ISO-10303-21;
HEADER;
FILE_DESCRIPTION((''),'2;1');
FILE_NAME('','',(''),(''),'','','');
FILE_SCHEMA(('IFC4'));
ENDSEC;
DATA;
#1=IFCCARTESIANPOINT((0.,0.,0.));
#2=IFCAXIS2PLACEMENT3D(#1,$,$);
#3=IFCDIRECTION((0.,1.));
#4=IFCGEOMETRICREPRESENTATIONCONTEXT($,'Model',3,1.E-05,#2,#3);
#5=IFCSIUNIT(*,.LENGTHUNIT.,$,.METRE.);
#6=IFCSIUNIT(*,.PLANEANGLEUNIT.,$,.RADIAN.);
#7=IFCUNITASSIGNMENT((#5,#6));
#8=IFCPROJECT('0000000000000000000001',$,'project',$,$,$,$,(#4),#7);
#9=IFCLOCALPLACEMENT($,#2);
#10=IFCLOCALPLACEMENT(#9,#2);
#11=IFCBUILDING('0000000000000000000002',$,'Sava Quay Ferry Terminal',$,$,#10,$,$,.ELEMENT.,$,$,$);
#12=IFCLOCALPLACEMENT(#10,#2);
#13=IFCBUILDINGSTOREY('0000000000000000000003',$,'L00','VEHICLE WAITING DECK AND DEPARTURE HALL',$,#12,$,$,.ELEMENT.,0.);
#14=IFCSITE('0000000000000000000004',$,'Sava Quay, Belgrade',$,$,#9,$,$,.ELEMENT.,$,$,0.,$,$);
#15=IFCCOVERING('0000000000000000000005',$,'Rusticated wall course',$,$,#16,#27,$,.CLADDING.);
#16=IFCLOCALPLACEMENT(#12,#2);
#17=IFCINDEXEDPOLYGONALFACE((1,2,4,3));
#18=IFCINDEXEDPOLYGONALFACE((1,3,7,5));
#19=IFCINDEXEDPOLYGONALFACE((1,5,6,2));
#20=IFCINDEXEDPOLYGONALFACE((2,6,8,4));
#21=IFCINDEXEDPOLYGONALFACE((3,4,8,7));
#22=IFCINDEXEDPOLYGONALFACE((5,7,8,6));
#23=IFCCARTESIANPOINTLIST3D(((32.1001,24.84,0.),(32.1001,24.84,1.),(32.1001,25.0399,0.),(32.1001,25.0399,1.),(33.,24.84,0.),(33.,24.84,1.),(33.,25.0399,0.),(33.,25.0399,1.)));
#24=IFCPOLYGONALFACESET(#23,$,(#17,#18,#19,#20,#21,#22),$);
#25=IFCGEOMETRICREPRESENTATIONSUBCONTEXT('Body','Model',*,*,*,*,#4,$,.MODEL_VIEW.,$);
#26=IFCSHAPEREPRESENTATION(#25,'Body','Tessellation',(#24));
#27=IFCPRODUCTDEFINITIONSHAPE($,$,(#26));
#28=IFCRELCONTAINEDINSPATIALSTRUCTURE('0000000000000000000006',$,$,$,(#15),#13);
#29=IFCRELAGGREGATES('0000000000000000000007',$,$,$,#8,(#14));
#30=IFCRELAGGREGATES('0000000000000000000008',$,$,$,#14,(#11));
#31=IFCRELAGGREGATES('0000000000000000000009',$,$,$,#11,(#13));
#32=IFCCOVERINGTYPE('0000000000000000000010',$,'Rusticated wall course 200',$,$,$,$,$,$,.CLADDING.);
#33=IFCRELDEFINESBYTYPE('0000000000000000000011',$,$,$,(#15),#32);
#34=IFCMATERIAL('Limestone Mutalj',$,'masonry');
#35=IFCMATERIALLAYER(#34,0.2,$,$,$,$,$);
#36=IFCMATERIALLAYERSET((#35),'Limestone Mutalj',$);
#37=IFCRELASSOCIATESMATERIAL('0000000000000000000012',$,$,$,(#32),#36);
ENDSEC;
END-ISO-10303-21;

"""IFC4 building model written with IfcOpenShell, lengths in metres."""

from ifc_helpers import new_model, si_unit, direction, frame, origin, origin_2d, place, context, subcontext, project, spatial, rectangle, extrude, material, layer, layer_set, type_object, element, save


model = new_model("IFC4")

# Units and contexts
model_context = context("Model", 3, precision=1e-05, world=origin(), true_north=direction((0.0, 1.0)))
body_context = subcontext(model_context, "Body", "Model", "MODEL_VIEW")
ifc_project = project(units=[si_unit("LENGTHUNIT", "METRE"), si_unit("PLANEANGLEUNIT", "RADIAN")], contexts=[model_context])

# Site, building, storey
site_placement = place(None, origin())
site = spatial("IfcSite", under=ifc_project, at=site_placement, Name="Sava Quay, Belgrade", CompositionType="ELEMENT", RefElevation=0.0)
building_placement = place(site_placement, origin())
building = spatial("IfcBuilding", under=site, at=building_placement, Name="Sava Quay Ferry Terminal", CompositionType="ELEMENT")
storey_placement = place(building_placement, origin())
storey = spatial("IfcBuildingStorey", under=building, at=storey_placement, Name="L00", Description="VEHICLE WAITING DECK AND DEPARTURE HALL", CompositionType="ELEMENT", Elevation=0.0)

# Covering
ifc_material_1 = material(Name="Limestone Mutalj", Category="masonry")
ifc_layer_1 = layer(ifc_material_1, 0.2)
ifc_layer_set_1 = layer_set([ifc_layer_1], Name="Limestone Mutalj")
covering_type = type_object("IfcCoveringType", Name="Rusticated wall course 200", PredefinedType="CLADDING", material=ifc_layer_set_1)
covering_placement = place(storey_placement, frame((32.55, 24.9399, 0.0), z_axis=(0.0, 0.0, 1.0), x_axis=(1.0, 0.0, 0.0)))
element("IfcCovering", 1, at=covering_placement, inside=storey, type_object=covering_type, Name="Rusticated wall course", PredefinedType="CLADDING", context=body_context, shape_type="SweptSolid", body=[
    extrude(rectangle(XDim=0.8999, YDim=0.2, at=origin_2d()), origin(), (0.0, 0.0, 1.0), 1.0),
])

save(model, "model.ifc")
